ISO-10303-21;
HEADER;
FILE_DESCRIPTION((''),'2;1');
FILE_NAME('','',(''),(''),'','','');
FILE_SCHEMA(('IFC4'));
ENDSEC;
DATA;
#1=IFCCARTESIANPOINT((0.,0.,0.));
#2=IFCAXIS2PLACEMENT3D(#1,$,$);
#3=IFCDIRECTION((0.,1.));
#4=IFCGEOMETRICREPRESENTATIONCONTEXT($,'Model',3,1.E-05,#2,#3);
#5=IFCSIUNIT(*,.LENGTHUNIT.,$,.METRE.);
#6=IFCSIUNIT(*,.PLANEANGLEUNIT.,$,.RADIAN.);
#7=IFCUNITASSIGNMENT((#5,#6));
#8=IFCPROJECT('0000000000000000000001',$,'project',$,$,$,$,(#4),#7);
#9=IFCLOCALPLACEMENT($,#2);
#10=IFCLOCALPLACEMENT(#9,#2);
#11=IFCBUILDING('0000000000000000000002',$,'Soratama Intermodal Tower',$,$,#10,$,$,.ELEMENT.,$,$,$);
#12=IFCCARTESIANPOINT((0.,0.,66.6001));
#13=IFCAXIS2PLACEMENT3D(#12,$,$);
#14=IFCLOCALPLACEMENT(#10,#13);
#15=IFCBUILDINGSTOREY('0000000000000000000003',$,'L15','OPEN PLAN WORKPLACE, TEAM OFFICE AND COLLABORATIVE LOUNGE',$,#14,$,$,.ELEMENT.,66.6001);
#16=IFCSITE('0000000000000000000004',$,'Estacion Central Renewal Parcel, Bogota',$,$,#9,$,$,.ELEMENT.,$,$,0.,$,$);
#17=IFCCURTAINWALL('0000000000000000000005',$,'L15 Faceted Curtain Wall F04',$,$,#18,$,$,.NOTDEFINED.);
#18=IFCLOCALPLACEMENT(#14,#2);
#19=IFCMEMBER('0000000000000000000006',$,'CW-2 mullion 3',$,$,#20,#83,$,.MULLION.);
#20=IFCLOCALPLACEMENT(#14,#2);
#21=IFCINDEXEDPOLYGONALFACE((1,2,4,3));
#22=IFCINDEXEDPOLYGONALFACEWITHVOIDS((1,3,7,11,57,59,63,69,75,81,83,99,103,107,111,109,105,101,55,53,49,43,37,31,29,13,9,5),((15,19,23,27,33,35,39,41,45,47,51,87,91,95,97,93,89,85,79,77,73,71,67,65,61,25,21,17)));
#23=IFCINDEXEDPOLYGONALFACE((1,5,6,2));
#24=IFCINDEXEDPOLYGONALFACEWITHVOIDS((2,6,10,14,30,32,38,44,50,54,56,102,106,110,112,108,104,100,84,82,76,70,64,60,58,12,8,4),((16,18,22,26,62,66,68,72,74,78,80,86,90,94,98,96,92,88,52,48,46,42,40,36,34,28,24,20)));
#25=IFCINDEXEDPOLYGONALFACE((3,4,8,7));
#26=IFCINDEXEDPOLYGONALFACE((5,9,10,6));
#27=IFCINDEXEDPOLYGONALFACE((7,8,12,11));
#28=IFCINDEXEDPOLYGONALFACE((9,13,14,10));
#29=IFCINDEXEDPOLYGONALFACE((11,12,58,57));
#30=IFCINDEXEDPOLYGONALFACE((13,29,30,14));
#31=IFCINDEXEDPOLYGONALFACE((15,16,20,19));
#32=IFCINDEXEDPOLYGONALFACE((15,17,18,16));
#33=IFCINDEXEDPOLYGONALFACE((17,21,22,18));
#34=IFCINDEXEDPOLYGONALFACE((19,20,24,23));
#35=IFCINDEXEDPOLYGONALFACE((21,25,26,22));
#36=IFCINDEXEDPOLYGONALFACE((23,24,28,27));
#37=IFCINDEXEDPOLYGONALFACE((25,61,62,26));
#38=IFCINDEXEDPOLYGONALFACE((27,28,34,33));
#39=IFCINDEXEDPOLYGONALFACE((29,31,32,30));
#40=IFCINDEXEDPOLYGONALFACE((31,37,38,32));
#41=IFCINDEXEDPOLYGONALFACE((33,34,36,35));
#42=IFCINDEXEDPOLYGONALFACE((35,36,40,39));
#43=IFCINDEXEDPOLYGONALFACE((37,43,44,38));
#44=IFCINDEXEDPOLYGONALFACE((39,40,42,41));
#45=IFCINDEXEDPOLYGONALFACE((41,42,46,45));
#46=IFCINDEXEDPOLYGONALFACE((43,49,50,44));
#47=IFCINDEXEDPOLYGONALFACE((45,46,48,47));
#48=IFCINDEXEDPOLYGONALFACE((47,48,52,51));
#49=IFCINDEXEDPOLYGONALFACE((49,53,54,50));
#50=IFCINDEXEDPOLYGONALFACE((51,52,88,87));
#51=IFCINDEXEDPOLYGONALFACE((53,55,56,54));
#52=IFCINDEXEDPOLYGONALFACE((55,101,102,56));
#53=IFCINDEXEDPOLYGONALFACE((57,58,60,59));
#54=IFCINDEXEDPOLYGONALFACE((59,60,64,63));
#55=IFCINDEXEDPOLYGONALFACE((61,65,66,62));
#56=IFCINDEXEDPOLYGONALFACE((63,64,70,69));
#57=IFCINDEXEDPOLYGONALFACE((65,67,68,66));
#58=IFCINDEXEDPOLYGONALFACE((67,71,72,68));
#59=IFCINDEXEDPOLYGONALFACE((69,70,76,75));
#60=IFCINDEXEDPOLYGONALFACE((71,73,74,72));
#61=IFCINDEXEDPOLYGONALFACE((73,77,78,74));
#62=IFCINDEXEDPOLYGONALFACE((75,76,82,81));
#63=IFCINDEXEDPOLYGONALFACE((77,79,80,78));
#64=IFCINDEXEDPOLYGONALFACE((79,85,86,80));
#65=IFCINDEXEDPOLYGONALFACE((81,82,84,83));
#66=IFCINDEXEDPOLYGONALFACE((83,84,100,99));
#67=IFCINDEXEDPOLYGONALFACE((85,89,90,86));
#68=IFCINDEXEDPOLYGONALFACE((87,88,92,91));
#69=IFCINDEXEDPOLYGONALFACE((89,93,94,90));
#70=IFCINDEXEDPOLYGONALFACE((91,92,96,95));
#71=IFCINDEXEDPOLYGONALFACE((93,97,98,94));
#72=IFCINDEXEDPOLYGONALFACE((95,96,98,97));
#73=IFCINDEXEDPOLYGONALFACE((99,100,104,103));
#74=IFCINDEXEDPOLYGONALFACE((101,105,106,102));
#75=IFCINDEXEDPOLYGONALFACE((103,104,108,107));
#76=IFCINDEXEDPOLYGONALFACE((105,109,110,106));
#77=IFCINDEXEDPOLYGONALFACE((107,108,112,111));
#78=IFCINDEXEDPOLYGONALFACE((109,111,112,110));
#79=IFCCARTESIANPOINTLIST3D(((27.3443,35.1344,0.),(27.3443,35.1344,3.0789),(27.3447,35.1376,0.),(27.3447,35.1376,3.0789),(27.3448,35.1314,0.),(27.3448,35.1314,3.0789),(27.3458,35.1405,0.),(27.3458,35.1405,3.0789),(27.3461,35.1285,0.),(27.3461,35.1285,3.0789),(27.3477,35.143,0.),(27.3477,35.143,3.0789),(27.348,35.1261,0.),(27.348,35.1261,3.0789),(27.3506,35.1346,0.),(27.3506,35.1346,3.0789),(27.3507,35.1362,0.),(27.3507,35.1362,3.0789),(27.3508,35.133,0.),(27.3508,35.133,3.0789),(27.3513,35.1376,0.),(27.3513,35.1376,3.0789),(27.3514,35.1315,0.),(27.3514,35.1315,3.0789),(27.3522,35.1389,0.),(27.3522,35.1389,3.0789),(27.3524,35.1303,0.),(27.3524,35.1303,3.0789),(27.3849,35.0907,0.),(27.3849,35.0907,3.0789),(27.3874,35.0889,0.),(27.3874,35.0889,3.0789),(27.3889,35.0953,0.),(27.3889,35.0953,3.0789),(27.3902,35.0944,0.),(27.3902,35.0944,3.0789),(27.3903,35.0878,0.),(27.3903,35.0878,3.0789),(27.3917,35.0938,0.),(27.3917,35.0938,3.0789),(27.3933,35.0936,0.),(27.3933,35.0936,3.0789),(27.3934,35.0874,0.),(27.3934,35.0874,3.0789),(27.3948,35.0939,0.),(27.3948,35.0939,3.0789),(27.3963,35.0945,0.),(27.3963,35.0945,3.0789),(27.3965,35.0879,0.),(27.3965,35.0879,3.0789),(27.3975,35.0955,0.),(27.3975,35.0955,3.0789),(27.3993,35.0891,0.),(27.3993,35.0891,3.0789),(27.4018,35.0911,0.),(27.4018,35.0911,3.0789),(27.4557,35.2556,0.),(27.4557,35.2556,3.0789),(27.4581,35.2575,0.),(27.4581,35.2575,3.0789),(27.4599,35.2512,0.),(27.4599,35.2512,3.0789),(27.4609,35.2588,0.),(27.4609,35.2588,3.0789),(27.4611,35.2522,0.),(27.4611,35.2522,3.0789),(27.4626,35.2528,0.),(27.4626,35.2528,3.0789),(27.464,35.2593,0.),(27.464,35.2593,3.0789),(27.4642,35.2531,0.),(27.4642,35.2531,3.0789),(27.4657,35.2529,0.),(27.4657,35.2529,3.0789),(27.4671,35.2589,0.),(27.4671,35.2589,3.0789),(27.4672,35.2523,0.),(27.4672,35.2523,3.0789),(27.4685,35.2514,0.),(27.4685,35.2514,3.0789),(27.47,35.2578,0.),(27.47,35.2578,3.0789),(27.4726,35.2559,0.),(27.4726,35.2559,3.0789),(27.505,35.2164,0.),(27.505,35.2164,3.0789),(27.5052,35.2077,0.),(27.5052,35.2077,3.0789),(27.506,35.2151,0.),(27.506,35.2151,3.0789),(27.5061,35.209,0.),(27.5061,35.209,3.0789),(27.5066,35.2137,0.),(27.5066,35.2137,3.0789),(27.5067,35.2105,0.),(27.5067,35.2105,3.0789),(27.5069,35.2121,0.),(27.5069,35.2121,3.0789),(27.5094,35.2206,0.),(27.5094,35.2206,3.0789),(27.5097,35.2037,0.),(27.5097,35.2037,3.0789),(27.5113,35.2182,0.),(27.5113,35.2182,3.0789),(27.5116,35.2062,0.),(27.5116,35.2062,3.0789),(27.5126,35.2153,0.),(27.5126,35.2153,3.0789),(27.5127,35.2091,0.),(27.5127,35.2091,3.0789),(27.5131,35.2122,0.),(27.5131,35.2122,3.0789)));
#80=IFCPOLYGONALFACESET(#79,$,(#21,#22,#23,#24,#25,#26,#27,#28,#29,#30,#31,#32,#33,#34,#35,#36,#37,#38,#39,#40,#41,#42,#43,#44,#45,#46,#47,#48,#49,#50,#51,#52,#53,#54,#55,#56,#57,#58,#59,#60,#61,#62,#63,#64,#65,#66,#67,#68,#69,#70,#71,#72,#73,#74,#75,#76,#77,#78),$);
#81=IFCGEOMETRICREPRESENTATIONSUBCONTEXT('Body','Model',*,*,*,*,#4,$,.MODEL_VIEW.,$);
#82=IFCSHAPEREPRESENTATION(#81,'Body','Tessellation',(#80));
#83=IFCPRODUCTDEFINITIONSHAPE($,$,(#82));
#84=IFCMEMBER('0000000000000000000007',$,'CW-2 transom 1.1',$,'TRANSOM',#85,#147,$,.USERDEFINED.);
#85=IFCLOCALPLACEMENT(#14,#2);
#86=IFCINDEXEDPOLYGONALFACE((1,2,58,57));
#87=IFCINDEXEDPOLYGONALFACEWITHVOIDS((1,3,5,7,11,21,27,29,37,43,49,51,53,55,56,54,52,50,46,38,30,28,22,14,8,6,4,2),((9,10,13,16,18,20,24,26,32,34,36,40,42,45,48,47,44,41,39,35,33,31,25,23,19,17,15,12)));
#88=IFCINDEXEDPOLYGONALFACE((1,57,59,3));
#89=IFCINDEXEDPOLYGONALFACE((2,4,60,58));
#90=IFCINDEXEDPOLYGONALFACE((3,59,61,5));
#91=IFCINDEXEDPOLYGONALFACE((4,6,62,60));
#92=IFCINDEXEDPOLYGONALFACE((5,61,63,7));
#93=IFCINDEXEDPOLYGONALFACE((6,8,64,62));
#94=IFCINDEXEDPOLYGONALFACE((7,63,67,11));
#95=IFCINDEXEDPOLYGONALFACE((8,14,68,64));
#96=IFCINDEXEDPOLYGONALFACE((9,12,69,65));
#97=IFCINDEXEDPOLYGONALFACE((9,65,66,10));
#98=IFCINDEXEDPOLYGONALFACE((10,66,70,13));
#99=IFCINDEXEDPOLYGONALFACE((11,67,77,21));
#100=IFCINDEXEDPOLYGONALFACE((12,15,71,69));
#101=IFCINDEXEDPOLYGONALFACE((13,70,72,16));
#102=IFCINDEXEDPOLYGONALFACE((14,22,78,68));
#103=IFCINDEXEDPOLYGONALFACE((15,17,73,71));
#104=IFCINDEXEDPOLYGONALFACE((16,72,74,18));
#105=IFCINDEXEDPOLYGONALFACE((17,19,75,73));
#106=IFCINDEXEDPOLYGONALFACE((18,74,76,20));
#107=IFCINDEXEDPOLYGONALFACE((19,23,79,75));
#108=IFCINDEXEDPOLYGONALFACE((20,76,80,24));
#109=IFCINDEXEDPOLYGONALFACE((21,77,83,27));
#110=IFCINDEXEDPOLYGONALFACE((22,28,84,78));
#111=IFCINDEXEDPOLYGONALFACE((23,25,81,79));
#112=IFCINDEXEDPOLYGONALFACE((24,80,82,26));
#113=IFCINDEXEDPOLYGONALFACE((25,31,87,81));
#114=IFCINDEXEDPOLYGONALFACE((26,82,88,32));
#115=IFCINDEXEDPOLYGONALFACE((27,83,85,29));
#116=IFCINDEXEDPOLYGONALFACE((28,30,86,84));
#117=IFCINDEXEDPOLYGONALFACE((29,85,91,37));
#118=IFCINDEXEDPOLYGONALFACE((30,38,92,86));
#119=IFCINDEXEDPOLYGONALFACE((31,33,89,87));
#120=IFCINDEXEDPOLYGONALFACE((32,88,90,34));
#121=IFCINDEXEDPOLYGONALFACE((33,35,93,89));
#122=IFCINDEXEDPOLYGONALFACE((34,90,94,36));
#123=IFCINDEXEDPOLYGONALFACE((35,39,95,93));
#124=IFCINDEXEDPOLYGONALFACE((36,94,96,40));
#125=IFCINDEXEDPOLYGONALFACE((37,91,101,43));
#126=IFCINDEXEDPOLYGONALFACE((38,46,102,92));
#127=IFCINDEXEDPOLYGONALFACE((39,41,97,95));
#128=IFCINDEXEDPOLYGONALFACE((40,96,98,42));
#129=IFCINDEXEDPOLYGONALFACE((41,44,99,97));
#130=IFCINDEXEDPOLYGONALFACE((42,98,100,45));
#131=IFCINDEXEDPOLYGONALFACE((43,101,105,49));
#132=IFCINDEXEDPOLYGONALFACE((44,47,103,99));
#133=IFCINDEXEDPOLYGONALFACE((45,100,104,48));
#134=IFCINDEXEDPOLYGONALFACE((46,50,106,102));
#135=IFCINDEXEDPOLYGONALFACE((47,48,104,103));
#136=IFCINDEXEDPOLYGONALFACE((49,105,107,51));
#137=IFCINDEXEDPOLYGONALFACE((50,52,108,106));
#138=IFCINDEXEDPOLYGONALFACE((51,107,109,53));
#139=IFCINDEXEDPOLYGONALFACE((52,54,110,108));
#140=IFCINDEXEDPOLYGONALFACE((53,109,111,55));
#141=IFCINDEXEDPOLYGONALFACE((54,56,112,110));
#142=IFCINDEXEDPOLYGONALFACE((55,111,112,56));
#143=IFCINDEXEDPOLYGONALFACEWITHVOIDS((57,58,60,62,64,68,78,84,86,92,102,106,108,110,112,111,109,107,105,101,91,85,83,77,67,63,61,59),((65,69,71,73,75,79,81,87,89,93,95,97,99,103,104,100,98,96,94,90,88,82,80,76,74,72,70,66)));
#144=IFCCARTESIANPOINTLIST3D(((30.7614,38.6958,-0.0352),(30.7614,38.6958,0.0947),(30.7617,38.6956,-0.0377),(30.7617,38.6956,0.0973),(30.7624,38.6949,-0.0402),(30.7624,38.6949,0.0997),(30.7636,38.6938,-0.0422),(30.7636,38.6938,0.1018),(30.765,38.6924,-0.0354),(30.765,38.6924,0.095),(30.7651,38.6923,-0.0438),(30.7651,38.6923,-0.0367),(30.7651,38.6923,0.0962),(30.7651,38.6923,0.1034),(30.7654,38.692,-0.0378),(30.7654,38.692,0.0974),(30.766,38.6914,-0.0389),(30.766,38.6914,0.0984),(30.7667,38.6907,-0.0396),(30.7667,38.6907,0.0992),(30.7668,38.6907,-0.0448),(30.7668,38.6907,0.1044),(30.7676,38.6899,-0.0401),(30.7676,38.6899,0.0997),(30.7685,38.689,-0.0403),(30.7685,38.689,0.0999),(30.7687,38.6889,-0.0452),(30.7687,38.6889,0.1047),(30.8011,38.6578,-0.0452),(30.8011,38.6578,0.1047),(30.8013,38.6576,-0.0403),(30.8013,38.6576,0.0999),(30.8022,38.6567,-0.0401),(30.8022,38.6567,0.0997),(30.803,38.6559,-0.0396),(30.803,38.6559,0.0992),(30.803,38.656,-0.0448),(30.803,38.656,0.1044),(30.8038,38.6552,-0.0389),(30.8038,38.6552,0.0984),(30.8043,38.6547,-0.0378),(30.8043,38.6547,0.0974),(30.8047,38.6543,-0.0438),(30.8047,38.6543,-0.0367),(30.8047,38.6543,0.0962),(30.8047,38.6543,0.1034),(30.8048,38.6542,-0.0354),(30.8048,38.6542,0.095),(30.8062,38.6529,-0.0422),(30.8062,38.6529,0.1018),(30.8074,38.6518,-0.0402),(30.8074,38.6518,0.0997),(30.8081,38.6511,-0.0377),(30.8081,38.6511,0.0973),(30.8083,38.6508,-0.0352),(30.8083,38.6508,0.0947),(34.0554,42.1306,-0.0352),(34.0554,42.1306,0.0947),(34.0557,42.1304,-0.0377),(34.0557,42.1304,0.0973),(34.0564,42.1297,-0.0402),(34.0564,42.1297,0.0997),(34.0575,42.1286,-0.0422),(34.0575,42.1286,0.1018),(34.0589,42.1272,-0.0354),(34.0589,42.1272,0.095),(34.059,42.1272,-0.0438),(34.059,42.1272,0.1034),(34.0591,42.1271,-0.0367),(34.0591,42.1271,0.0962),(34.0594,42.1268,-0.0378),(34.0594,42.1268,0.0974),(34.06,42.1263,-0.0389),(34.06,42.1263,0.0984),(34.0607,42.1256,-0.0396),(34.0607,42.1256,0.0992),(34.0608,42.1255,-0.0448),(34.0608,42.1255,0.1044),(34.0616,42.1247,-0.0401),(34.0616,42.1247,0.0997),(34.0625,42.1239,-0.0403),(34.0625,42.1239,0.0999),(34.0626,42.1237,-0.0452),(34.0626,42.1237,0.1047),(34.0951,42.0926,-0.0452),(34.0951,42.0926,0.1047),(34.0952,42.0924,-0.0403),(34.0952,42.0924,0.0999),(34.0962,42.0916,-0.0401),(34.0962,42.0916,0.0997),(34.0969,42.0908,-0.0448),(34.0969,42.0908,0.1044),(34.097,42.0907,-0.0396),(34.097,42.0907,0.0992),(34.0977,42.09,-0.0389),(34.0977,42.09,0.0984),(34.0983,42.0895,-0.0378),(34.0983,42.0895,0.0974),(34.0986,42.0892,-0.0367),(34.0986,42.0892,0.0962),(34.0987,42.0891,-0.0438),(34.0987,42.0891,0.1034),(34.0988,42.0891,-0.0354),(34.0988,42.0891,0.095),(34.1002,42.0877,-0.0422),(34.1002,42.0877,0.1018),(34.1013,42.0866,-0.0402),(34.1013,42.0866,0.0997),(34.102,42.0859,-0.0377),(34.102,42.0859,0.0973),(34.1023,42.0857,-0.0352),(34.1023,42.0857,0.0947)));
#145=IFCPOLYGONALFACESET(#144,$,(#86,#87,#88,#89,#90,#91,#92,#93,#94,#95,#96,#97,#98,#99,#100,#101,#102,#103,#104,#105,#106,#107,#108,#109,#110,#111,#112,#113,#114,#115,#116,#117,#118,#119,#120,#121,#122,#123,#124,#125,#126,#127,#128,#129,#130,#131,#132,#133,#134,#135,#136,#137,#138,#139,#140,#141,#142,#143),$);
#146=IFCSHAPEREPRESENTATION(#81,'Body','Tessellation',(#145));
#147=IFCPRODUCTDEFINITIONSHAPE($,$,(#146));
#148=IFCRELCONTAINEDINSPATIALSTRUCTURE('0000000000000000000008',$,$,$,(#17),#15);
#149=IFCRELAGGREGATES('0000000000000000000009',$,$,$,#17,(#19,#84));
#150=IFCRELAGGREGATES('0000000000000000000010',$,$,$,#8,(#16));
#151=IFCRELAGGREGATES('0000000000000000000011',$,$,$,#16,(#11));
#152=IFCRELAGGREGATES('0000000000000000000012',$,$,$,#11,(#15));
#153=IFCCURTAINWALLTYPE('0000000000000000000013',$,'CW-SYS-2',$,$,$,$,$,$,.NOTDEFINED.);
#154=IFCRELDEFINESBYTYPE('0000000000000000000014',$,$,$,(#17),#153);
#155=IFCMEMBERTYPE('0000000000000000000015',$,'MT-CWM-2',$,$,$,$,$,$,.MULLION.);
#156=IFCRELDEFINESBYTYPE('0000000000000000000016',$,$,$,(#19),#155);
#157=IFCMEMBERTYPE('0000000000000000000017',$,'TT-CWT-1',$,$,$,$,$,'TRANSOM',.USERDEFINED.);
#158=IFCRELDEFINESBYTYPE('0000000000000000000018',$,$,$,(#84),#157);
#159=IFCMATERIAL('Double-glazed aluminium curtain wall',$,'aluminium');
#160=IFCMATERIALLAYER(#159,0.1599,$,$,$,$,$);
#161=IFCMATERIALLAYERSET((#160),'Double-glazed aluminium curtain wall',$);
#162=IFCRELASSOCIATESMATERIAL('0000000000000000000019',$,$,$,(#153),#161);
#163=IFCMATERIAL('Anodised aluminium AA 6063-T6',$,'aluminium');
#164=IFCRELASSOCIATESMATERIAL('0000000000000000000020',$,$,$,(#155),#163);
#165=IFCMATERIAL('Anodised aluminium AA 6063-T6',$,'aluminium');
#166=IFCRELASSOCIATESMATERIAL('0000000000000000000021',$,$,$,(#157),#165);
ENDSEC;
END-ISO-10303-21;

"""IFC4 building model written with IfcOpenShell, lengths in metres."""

from ifc_helpers import new_model, si_unit, direction, frame, origin, origin_2d, place, context, subcontext, project, spatial, hollow_rectangle, extrude, material, layer, layer_set, material_profile, profile_set, type_object, element, aggregate, save


model = new_model("IFC4")

# Units and contexts
model_context = context("Model", 3, precision=1e-05, world=origin(), true_north=direction((0.0, 1.0)))
body_context = subcontext(model_context, "Body", "Model", "MODEL_VIEW")
ifc_project = project(units=[si_unit("LENGTHUNIT", "METRE"), si_unit("PLANEANGLEUNIT", "RADIAN")], contexts=[model_context])

# Site, building, storey
site_placement = place(None, origin())
site = spatial("IfcSite", under=ifc_project, at=site_placement, Name="Estacion Central Renewal Parcel, Bogota", CompositionType="ELEMENT", RefElevation=0.0)
building_placement = place(site_placement, origin())
building = spatial("IfcBuilding", under=site, at=building_placement, Name="Soratama Intermodal Tower", CompositionType="ELEMENT")
storey_placement = place(building_placement, frame((0.0, 0.0, 66.6001)))
storey = spatial("IfcBuildingStorey", under=building, at=storey_placement, Name="L15", Description="OPEN PLAN WORKPLACE, TEAM OFFICE AND COLLABORATIVE LOUNGE", CompositionType="ELEMENT", Elevation=66.6001)

# Curtain wall, members
ifc_material_1 = material(Name="Double-glazed aluminium curtain wall", Category="aluminium")
ifc_layer_1 = layer(ifc_material_1, 0.1599)
ifc_layer_set_1 = layer_set([ifc_layer_1], Name="Double-glazed aluminium curtain wall")
curtain_wall_type = type_object("IfcCurtainWallType", Name="CW-SYS-2", PredefinedType="NOTDEFINED", material=ifc_layer_set_1)
curtain_wall_placement = place(storey_placement, origin())
curtain_wall = element("IfcCurtainWall", 1, at=curtain_wall_placement, inside=storey, type_object=curtain_wall_type, Name="L15 Faceted Curtain Wall F04", PredefinedType="NOTDEFINED")
ifc_material_2 = material(Name="Anodised aluminium AA 6063-T6", Category="aluminium")
ifc_material_profile_1 = material_profile(ifc_material_2, hollow_rectangle(XDim=0.075, YDim=0.1799, WallThickness=0.0061, InnerFilletRadius=0.0061, OuterFilletRadius=0.012, at=origin_2d()), Name="CWM180X75X6")
ifc_profile_set_1 = profile_set([ifc_material_profile_1], Name="Anodised aluminium AA 6063-T6")
member_type_1 = type_object("IfcMemberType", Name="MT-CWM-2", PredefinedType="MULLION", material=ifc_profile_set_1)
member_1_placement = place(storey_placement, frame((27.4287, 35.1733, 0.0), z_axis=(0.0, 0.0, 1.0), x_axis=(0.721759, -0.692145, 0.0)))
member_1 = element("IfcMember", 2, at=member_1_placement, type_object=member_type_1, Name="CW-2 mullion 3", PredefinedType="MULLION", context=body_context, shape_type="SweptSolid", body=[
    extrude(hollow_rectangle(XDim=0.075, YDim=0.1799, WallThickness=0.0061, InnerFilletRadius=0.0061, OuterFilletRadius=0.012, at=origin_2d()), origin(), (0.0, 0.0, 1.0), 3.0789),
])
ifc_material_3 = material(Name="Anodised aluminium AA 6063-T6", Category="aluminium")
ifc_material_profile_2 = material_profile(ifc_material_3, hollow_rectangle(XDim=0.0649, YDim=0.1499, WallThickness=0.0049, InnerFilletRadius=0.0049, OuterFilletRadius=0.01, at=origin_2d()), Name="CWT150X65X5")
ifc_profile_set_2 = profile_set([ifc_material_profile_2], Name="Anodised aluminium AA 6063-T6")
member_type_2 = type_object("IfcMemberType", Name="TT-CWT-1", ElementType="TRANSOM", PredefinedType="USERDEFINED", material=ifc_profile_set_2)
member_2_placement = place(storey_placement, frame((34.0789, 42.1082, 0.0298), z_axis=(-0.692152, -0.721752, 0.0), x_axis=(0.721752, -0.692152, 0.0)))
member_2 = element("IfcMember", 3, at=member_2_placement, type_object=member_type_2, Name="CW-2 transom 1.1", ObjectType="TRANSOM", PredefinedType="USERDEFINED", context=body_context, shape_type="SweptSolid", body=[
    extrude(hollow_rectangle(XDim=0.0649, YDim=0.1499, WallThickness=0.0049, InnerFilletRadius=0.0049, OuterFilletRadius=0.01, at=origin_2d()), origin(), (0.0, 0.0, 1.0), 4.759),
])
aggregate(curtain_wall, [member_1, member_2])

save(model, "model.ifc")
